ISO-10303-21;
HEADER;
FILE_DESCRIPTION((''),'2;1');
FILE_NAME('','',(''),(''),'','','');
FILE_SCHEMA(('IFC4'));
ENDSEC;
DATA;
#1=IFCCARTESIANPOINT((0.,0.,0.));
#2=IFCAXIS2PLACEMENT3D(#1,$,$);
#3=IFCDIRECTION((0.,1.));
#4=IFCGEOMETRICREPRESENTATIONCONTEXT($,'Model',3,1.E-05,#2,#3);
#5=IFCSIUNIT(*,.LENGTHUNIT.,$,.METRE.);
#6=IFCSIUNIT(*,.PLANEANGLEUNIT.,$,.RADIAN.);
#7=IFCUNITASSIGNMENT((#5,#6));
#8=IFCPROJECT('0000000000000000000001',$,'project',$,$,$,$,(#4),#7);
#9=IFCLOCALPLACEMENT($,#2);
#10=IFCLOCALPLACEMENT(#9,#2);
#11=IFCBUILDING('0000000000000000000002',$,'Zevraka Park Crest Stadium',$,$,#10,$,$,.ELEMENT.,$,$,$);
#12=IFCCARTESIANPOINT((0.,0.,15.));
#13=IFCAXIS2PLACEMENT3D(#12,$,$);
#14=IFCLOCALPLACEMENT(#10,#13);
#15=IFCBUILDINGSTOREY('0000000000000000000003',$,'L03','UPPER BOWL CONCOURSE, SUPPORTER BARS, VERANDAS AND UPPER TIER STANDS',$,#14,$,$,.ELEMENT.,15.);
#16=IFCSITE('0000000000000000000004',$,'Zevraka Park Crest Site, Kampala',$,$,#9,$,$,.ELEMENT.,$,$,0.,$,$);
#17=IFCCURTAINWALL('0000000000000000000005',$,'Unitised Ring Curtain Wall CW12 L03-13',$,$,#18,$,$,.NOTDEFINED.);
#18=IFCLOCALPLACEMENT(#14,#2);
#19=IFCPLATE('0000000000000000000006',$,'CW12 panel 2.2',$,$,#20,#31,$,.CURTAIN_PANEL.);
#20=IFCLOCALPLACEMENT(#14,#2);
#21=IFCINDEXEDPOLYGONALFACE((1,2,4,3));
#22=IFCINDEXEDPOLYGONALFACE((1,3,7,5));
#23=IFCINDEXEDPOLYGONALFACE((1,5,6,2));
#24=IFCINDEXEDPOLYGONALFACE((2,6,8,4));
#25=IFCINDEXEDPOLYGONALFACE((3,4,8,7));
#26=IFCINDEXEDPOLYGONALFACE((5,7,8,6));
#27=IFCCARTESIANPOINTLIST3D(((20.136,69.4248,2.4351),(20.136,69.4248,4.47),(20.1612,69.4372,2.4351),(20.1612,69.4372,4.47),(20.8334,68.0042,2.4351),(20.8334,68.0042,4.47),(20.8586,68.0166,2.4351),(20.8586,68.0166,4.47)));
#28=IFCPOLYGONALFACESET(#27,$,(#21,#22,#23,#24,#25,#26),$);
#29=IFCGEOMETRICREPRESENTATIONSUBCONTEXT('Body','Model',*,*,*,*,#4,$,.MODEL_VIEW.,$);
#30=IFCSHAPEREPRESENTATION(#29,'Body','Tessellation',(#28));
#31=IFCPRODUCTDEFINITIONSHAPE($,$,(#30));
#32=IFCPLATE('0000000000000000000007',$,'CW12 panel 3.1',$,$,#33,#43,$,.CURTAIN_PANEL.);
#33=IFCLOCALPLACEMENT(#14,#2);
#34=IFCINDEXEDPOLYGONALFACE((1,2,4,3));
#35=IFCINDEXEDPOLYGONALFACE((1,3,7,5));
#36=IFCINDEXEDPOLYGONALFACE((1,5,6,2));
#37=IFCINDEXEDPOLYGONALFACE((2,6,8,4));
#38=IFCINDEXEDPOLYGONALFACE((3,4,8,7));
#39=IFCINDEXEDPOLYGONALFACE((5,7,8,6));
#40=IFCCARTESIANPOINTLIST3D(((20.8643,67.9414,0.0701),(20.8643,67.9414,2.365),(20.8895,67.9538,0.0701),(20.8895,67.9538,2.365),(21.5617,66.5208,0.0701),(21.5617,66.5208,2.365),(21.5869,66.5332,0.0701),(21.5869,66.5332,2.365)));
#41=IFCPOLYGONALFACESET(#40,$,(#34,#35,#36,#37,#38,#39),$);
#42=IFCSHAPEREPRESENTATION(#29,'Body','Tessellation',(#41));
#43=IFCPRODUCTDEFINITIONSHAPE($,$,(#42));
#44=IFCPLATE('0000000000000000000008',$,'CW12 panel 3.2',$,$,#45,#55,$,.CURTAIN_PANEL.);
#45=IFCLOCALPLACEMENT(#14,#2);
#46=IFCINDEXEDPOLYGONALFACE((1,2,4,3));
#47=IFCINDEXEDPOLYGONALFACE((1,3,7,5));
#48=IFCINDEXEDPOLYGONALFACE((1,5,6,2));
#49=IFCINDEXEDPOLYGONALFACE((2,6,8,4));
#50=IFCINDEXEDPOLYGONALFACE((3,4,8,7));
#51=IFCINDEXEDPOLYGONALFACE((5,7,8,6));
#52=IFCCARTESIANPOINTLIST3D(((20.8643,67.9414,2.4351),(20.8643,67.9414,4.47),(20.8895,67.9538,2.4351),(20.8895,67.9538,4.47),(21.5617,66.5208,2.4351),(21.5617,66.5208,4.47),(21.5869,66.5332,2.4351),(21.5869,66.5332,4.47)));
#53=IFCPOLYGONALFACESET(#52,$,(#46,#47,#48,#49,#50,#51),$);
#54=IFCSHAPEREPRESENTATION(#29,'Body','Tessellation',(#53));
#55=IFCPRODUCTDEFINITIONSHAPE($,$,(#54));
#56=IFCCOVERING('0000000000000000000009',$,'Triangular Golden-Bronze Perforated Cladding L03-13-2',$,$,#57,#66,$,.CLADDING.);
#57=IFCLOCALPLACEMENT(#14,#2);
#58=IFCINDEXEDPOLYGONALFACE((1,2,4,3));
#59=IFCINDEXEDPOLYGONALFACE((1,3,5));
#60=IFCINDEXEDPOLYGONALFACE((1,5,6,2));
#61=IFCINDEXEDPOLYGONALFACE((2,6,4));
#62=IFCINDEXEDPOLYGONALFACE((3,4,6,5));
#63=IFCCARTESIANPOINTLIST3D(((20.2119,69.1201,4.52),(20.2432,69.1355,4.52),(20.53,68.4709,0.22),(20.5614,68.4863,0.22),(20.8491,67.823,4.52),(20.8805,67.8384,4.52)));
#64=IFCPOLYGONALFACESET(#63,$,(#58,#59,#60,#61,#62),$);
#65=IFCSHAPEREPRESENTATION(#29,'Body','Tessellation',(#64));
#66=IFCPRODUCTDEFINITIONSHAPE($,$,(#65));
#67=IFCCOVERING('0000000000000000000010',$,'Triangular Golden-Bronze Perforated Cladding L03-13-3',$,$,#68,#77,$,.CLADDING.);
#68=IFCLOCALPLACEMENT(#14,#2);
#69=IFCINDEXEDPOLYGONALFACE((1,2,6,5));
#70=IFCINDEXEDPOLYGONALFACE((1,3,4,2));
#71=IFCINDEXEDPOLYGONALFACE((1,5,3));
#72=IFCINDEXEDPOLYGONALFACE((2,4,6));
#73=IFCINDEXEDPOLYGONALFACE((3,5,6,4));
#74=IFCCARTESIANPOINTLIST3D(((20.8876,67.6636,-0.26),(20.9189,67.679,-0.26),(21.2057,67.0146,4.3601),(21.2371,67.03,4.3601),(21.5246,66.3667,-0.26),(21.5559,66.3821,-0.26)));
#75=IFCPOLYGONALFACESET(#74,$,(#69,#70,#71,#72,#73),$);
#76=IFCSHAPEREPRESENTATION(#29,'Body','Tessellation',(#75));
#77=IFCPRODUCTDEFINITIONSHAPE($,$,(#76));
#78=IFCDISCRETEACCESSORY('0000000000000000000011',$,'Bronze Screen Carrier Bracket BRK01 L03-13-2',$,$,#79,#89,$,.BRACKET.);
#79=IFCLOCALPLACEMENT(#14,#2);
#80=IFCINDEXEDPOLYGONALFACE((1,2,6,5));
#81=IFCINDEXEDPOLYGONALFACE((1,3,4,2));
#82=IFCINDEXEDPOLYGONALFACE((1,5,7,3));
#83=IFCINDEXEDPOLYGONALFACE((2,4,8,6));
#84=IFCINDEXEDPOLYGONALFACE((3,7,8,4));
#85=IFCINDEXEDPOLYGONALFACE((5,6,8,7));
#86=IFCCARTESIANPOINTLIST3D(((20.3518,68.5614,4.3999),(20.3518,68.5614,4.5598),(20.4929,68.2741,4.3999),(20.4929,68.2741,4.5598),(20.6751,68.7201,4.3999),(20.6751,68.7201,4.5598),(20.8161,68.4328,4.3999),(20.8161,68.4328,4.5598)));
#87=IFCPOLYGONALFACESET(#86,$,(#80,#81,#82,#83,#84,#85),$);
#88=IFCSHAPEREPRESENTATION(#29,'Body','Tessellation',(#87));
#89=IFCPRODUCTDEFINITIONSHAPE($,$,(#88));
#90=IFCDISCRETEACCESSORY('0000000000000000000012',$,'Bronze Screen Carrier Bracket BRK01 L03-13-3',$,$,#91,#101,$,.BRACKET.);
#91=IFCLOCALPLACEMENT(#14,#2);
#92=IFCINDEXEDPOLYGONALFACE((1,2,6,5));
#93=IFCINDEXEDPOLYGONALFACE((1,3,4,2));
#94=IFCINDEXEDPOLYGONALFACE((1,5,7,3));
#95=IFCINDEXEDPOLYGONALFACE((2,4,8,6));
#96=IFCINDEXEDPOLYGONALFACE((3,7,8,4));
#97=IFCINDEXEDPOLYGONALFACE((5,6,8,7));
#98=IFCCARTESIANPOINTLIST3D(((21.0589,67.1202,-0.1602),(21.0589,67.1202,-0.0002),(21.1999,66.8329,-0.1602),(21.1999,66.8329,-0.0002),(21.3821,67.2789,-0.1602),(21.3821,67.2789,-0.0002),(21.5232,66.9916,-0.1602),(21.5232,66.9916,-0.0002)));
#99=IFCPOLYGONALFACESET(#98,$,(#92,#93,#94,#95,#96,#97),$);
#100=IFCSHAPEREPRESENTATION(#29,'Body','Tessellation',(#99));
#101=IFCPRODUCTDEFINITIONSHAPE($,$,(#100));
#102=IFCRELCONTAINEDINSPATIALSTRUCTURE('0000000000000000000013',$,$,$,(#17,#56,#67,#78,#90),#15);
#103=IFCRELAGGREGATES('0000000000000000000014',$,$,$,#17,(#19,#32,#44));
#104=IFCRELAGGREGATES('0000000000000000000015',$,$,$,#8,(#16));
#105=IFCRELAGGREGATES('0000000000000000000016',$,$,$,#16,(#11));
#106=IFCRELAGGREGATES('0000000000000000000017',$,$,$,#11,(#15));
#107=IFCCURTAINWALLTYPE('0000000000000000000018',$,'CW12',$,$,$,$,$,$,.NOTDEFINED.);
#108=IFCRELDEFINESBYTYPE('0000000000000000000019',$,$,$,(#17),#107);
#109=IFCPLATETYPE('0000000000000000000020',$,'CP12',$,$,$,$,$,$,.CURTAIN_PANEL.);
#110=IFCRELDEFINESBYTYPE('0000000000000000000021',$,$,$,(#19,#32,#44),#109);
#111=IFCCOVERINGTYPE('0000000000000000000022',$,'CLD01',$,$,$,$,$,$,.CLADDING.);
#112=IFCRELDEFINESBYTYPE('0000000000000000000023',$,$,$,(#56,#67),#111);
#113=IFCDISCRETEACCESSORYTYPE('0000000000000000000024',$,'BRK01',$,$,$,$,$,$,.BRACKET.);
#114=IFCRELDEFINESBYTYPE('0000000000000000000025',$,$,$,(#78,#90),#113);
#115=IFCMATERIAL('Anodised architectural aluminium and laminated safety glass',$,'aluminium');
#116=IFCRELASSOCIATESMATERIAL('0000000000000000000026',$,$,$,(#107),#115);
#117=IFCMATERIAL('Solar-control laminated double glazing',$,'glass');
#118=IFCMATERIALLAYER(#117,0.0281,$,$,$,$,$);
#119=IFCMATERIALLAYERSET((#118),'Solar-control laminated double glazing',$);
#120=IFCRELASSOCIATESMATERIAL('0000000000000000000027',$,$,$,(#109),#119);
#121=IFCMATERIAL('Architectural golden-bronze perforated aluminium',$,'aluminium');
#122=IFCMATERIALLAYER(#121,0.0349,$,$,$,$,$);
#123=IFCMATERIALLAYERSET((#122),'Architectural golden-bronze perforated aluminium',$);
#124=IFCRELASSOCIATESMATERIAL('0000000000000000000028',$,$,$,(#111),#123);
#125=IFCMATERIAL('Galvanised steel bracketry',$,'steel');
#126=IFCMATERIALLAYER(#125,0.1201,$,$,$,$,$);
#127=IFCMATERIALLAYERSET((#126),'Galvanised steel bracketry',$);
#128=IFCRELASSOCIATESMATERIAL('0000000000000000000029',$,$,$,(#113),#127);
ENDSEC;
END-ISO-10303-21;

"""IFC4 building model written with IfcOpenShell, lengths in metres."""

from ifc_helpers import new_model, si_unit, direction, frame, origin, origin_2d, place, context, subcontext, project, spatial, polyline, rectangle, outline, extrude, material, layer, layer_set, type_object, element, aggregate, save


model = new_model("IFC4")

# Units and contexts
model_context = context("Model", 3, precision=1e-05, world=origin(), true_north=direction((0.0, 1.0)))
body_context = subcontext(model_context, "Body", "Model", "MODEL_VIEW")
ifc_project = project(units=[si_unit("LENGTHUNIT", "METRE"), si_unit("PLANEANGLEUNIT", "RADIAN")], contexts=[model_context])

# Site, building, storey
site_placement = place(None, origin())
site = spatial("IfcSite", under=ifc_project, at=site_placement, Name="Zevraka Park Crest Site, Kampala", CompositionType="ELEMENT", RefElevation=0.0)
building_placement = place(site_placement, origin())
building = spatial("IfcBuilding", under=site, at=building_placement, Name="Zevraka Park Crest Stadium", CompositionType="ELEMENT")
storey_placement = place(building_placement, frame((0.0, 0.0, 15.0)))
storey = spatial("IfcBuildingStorey", under=building, at=storey_placement, Name="L03", Description="UPPER BOWL CONCOURSE, SUPPORTER BARS, VERANDAS AND UPPER TIER STANDS", CompositionType="ELEMENT", Elevation=15.0)

# Curtain wall
ifc_material_1 = material(Name="Anodised architectural aluminium and laminated safety glass", Category="aluminium")
curtain_wall_type = type_object("IfcCurtainWallType", Name="CW12", PredefinedType="NOTDEFINED", material=ifc_material_1)
curtain_wall_placement = place(storey_placement, origin())
curtain_wall = element("IfcCurtainWall", 1, at=curtain_wall_placement, inside=storey, type_object=curtain_wall_type, Name="Unitised Ring Curtain Wall CW12 L03-13", PredefinedType="NOTDEFINED")

# Plates
ifc_material_2 = material(Name="Solar-control laminated double glazing", Category="glass")
ifc_layer_1 = layer(ifc_material_2, 0.0281)
ifc_layer_set_1 = layer_set([ifc_layer_1], Name="Solar-control laminated double glazing")
plate_type = type_object("IfcPlateType", Name="CP12", PredefinedType="CURTAIN_PANEL", material=ifc_layer_set_1)
plate_1_placement = place(storey_placement, frame((20.4973, 68.7207, 2.4351), z_axis=(0.0, 0.0, 1.0), x_axis=(0.440666, -0.897671, 0.0)))
plate_1 = element("IfcPlate", 2, at=plate_1_placement, type_object=plate_type, Name="CW12 panel 2.2", PredefinedType="CURTAIN_PANEL", context=body_context, shape_type="SweptSolid", body=[
    extrude(rectangle(XDim=1.5825, YDim=0.0281, at=origin_2d()), origin(), (0.0, 0.0, 1.0), 2.0349),
])
plate_2_placement = place(storey_placement, frame((21.2256, 67.2373, 0.0701), z_axis=(0.0, 0.0, 1.0), x_axis=(0.440666, -0.897671, 0.0)))
plate_2 = element("IfcPlate", 3, at=plate_2_placement, type_object=plate_type, Name="CW12 panel 3.1", PredefinedType="CURTAIN_PANEL", context=body_context, shape_type="SweptSolid", body=[
    extrude(rectangle(XDim=1.5825, YDim=0.0281, at=origin_2d()), origin(), (0.0, 0.0, 1.0), 2.2949),
])
plate_3_placement = place(storey_placement, frame((21.2256, 67.2373, 2.4351), z_axis=(0.0, 0.0, 1.0), x_axis=(0.440666, -0.897671, 0.0)))
plate_3 = element("IfcPlate", 4, at=plate_3_placement, type_object=plate_type, Name="CW12 panel 3.2", PredefinedType="CURTAIN_PANEL", context=body_context, shape_type="SweptSolid", body=[
    extrude(rectangle(XDim=1.5825, YDim=0.0281, at=origin_2d()), origin(), (0.0, 0.0, 1.0), 2.0349),
])
aggregate(curtain_wall, [plate_1, plate_2, plate_3])

# Coverings
ifc_material_3 = material(Name="Architectural golden-bronze perforated aluminium", Category="aluminium")
ifc_layer_2 = layer(ifc_material_3, 0.0349)
ifc_layer_set_2 = layer_set([ifc_layer_2], Name="Architectural golden-bronze perforated aluminium")
covering_type = type_object("IfcCoveringType", Name="CLD01", PredefinedType="CLADDING", material=ifc_layer_set_2)
covering_1_placement = place(storey_placement, frame((20.8491, 67.823, 4.52), z_axis=(-0.897547, -0.440918, 0.000165), x_axis=(-0.440918, 0.897547, 0.0)))
element("IfcCovering", 5, at=covering_1_placement, inside=storey, type_object=covering_type, Name="Triangular Golden-Bronze Perforated Cladding L03-13-2", PredefinedType="CLADDING", context=body_context, shape_type="SweptSolid", body=[
    extrude(outline(polyline([(0.0, 0.0), (1.4452, 0.0), (0.7223, 4.3), (0.0, 0.0)])), origin(), (0.0, 0.0, -1.0), 0.0349),
])
covering_2_placement = place(storey_placement, frame((20.9189, 67.679, -0.26), z_axis=(0.897581, 0.440849, 0.000118), x_axis=(0.440849, -0.897581, 0.0)))
element("IfcCovering", 6, at=covering_2_placement, inside=storey, type_object=covering_type, Name="Triangular Golden-Bronze Perforated Cladding L03-13-3", PredefinedType="CLADDING", context=body_context, shape_type="SweptSolid", body=[
    extrude(outline(polyline([(0.0, 0.0), (1.4449, 0.0), (0.7227, -4.6201), (0.0, 0.0)])), origin(), (0.0, 0.0, -1.0), 0.0349),
])

# Discrete accessories
ifc_material_4 = material(Name="Galvanised steel bracketry", Category="steel")
ifc_layer_3 = layer(ifc_material_4, 0.1201)
ifc_layer_set_3 = layer_set([ifc_layer_3], Name="Galvanised steel bracketry")
discrete_accessory_type = type_object("IfcDiscreteAccessoryType", Name="BRK01", PredefinedType="BRACKET", material=ifc_layer_set_3)
for number, where, z_axis, x_axis, name in (
    (7, (20.584, 68.4971, 4.3999), (0.0, 0.0, 1.0), (0.440723, -0.897643, 0.0), "Bronze Screen Carrier Bracket BRK01 L03-13-2"),
    (8, (21.291, 67.0559, -0.1602), (0.0, 0.0, 1.0), (0.440723, -0.897643, 0.0), "Bronze Screen Carrier Bracket BRK01 L03-13-3"),
):
    element("IfcDiscreteAccessory", number, at=place(storey_placement, frame(where, z_axis=z_axis, x_axis=x_axis)), inside=storey, type_object=discrete_accessory_type, Name=name, PredefinedType="BRACKET", context=body_context, shape_type="SweptSolid", body=[
        extrude(rectangle(XDim=0.3201, YDim=0.3601, at=origin_2d()), origin(), (0.0, 0.0, 1.0), 0.1599),
    ])

save(model, "model.ifc")
